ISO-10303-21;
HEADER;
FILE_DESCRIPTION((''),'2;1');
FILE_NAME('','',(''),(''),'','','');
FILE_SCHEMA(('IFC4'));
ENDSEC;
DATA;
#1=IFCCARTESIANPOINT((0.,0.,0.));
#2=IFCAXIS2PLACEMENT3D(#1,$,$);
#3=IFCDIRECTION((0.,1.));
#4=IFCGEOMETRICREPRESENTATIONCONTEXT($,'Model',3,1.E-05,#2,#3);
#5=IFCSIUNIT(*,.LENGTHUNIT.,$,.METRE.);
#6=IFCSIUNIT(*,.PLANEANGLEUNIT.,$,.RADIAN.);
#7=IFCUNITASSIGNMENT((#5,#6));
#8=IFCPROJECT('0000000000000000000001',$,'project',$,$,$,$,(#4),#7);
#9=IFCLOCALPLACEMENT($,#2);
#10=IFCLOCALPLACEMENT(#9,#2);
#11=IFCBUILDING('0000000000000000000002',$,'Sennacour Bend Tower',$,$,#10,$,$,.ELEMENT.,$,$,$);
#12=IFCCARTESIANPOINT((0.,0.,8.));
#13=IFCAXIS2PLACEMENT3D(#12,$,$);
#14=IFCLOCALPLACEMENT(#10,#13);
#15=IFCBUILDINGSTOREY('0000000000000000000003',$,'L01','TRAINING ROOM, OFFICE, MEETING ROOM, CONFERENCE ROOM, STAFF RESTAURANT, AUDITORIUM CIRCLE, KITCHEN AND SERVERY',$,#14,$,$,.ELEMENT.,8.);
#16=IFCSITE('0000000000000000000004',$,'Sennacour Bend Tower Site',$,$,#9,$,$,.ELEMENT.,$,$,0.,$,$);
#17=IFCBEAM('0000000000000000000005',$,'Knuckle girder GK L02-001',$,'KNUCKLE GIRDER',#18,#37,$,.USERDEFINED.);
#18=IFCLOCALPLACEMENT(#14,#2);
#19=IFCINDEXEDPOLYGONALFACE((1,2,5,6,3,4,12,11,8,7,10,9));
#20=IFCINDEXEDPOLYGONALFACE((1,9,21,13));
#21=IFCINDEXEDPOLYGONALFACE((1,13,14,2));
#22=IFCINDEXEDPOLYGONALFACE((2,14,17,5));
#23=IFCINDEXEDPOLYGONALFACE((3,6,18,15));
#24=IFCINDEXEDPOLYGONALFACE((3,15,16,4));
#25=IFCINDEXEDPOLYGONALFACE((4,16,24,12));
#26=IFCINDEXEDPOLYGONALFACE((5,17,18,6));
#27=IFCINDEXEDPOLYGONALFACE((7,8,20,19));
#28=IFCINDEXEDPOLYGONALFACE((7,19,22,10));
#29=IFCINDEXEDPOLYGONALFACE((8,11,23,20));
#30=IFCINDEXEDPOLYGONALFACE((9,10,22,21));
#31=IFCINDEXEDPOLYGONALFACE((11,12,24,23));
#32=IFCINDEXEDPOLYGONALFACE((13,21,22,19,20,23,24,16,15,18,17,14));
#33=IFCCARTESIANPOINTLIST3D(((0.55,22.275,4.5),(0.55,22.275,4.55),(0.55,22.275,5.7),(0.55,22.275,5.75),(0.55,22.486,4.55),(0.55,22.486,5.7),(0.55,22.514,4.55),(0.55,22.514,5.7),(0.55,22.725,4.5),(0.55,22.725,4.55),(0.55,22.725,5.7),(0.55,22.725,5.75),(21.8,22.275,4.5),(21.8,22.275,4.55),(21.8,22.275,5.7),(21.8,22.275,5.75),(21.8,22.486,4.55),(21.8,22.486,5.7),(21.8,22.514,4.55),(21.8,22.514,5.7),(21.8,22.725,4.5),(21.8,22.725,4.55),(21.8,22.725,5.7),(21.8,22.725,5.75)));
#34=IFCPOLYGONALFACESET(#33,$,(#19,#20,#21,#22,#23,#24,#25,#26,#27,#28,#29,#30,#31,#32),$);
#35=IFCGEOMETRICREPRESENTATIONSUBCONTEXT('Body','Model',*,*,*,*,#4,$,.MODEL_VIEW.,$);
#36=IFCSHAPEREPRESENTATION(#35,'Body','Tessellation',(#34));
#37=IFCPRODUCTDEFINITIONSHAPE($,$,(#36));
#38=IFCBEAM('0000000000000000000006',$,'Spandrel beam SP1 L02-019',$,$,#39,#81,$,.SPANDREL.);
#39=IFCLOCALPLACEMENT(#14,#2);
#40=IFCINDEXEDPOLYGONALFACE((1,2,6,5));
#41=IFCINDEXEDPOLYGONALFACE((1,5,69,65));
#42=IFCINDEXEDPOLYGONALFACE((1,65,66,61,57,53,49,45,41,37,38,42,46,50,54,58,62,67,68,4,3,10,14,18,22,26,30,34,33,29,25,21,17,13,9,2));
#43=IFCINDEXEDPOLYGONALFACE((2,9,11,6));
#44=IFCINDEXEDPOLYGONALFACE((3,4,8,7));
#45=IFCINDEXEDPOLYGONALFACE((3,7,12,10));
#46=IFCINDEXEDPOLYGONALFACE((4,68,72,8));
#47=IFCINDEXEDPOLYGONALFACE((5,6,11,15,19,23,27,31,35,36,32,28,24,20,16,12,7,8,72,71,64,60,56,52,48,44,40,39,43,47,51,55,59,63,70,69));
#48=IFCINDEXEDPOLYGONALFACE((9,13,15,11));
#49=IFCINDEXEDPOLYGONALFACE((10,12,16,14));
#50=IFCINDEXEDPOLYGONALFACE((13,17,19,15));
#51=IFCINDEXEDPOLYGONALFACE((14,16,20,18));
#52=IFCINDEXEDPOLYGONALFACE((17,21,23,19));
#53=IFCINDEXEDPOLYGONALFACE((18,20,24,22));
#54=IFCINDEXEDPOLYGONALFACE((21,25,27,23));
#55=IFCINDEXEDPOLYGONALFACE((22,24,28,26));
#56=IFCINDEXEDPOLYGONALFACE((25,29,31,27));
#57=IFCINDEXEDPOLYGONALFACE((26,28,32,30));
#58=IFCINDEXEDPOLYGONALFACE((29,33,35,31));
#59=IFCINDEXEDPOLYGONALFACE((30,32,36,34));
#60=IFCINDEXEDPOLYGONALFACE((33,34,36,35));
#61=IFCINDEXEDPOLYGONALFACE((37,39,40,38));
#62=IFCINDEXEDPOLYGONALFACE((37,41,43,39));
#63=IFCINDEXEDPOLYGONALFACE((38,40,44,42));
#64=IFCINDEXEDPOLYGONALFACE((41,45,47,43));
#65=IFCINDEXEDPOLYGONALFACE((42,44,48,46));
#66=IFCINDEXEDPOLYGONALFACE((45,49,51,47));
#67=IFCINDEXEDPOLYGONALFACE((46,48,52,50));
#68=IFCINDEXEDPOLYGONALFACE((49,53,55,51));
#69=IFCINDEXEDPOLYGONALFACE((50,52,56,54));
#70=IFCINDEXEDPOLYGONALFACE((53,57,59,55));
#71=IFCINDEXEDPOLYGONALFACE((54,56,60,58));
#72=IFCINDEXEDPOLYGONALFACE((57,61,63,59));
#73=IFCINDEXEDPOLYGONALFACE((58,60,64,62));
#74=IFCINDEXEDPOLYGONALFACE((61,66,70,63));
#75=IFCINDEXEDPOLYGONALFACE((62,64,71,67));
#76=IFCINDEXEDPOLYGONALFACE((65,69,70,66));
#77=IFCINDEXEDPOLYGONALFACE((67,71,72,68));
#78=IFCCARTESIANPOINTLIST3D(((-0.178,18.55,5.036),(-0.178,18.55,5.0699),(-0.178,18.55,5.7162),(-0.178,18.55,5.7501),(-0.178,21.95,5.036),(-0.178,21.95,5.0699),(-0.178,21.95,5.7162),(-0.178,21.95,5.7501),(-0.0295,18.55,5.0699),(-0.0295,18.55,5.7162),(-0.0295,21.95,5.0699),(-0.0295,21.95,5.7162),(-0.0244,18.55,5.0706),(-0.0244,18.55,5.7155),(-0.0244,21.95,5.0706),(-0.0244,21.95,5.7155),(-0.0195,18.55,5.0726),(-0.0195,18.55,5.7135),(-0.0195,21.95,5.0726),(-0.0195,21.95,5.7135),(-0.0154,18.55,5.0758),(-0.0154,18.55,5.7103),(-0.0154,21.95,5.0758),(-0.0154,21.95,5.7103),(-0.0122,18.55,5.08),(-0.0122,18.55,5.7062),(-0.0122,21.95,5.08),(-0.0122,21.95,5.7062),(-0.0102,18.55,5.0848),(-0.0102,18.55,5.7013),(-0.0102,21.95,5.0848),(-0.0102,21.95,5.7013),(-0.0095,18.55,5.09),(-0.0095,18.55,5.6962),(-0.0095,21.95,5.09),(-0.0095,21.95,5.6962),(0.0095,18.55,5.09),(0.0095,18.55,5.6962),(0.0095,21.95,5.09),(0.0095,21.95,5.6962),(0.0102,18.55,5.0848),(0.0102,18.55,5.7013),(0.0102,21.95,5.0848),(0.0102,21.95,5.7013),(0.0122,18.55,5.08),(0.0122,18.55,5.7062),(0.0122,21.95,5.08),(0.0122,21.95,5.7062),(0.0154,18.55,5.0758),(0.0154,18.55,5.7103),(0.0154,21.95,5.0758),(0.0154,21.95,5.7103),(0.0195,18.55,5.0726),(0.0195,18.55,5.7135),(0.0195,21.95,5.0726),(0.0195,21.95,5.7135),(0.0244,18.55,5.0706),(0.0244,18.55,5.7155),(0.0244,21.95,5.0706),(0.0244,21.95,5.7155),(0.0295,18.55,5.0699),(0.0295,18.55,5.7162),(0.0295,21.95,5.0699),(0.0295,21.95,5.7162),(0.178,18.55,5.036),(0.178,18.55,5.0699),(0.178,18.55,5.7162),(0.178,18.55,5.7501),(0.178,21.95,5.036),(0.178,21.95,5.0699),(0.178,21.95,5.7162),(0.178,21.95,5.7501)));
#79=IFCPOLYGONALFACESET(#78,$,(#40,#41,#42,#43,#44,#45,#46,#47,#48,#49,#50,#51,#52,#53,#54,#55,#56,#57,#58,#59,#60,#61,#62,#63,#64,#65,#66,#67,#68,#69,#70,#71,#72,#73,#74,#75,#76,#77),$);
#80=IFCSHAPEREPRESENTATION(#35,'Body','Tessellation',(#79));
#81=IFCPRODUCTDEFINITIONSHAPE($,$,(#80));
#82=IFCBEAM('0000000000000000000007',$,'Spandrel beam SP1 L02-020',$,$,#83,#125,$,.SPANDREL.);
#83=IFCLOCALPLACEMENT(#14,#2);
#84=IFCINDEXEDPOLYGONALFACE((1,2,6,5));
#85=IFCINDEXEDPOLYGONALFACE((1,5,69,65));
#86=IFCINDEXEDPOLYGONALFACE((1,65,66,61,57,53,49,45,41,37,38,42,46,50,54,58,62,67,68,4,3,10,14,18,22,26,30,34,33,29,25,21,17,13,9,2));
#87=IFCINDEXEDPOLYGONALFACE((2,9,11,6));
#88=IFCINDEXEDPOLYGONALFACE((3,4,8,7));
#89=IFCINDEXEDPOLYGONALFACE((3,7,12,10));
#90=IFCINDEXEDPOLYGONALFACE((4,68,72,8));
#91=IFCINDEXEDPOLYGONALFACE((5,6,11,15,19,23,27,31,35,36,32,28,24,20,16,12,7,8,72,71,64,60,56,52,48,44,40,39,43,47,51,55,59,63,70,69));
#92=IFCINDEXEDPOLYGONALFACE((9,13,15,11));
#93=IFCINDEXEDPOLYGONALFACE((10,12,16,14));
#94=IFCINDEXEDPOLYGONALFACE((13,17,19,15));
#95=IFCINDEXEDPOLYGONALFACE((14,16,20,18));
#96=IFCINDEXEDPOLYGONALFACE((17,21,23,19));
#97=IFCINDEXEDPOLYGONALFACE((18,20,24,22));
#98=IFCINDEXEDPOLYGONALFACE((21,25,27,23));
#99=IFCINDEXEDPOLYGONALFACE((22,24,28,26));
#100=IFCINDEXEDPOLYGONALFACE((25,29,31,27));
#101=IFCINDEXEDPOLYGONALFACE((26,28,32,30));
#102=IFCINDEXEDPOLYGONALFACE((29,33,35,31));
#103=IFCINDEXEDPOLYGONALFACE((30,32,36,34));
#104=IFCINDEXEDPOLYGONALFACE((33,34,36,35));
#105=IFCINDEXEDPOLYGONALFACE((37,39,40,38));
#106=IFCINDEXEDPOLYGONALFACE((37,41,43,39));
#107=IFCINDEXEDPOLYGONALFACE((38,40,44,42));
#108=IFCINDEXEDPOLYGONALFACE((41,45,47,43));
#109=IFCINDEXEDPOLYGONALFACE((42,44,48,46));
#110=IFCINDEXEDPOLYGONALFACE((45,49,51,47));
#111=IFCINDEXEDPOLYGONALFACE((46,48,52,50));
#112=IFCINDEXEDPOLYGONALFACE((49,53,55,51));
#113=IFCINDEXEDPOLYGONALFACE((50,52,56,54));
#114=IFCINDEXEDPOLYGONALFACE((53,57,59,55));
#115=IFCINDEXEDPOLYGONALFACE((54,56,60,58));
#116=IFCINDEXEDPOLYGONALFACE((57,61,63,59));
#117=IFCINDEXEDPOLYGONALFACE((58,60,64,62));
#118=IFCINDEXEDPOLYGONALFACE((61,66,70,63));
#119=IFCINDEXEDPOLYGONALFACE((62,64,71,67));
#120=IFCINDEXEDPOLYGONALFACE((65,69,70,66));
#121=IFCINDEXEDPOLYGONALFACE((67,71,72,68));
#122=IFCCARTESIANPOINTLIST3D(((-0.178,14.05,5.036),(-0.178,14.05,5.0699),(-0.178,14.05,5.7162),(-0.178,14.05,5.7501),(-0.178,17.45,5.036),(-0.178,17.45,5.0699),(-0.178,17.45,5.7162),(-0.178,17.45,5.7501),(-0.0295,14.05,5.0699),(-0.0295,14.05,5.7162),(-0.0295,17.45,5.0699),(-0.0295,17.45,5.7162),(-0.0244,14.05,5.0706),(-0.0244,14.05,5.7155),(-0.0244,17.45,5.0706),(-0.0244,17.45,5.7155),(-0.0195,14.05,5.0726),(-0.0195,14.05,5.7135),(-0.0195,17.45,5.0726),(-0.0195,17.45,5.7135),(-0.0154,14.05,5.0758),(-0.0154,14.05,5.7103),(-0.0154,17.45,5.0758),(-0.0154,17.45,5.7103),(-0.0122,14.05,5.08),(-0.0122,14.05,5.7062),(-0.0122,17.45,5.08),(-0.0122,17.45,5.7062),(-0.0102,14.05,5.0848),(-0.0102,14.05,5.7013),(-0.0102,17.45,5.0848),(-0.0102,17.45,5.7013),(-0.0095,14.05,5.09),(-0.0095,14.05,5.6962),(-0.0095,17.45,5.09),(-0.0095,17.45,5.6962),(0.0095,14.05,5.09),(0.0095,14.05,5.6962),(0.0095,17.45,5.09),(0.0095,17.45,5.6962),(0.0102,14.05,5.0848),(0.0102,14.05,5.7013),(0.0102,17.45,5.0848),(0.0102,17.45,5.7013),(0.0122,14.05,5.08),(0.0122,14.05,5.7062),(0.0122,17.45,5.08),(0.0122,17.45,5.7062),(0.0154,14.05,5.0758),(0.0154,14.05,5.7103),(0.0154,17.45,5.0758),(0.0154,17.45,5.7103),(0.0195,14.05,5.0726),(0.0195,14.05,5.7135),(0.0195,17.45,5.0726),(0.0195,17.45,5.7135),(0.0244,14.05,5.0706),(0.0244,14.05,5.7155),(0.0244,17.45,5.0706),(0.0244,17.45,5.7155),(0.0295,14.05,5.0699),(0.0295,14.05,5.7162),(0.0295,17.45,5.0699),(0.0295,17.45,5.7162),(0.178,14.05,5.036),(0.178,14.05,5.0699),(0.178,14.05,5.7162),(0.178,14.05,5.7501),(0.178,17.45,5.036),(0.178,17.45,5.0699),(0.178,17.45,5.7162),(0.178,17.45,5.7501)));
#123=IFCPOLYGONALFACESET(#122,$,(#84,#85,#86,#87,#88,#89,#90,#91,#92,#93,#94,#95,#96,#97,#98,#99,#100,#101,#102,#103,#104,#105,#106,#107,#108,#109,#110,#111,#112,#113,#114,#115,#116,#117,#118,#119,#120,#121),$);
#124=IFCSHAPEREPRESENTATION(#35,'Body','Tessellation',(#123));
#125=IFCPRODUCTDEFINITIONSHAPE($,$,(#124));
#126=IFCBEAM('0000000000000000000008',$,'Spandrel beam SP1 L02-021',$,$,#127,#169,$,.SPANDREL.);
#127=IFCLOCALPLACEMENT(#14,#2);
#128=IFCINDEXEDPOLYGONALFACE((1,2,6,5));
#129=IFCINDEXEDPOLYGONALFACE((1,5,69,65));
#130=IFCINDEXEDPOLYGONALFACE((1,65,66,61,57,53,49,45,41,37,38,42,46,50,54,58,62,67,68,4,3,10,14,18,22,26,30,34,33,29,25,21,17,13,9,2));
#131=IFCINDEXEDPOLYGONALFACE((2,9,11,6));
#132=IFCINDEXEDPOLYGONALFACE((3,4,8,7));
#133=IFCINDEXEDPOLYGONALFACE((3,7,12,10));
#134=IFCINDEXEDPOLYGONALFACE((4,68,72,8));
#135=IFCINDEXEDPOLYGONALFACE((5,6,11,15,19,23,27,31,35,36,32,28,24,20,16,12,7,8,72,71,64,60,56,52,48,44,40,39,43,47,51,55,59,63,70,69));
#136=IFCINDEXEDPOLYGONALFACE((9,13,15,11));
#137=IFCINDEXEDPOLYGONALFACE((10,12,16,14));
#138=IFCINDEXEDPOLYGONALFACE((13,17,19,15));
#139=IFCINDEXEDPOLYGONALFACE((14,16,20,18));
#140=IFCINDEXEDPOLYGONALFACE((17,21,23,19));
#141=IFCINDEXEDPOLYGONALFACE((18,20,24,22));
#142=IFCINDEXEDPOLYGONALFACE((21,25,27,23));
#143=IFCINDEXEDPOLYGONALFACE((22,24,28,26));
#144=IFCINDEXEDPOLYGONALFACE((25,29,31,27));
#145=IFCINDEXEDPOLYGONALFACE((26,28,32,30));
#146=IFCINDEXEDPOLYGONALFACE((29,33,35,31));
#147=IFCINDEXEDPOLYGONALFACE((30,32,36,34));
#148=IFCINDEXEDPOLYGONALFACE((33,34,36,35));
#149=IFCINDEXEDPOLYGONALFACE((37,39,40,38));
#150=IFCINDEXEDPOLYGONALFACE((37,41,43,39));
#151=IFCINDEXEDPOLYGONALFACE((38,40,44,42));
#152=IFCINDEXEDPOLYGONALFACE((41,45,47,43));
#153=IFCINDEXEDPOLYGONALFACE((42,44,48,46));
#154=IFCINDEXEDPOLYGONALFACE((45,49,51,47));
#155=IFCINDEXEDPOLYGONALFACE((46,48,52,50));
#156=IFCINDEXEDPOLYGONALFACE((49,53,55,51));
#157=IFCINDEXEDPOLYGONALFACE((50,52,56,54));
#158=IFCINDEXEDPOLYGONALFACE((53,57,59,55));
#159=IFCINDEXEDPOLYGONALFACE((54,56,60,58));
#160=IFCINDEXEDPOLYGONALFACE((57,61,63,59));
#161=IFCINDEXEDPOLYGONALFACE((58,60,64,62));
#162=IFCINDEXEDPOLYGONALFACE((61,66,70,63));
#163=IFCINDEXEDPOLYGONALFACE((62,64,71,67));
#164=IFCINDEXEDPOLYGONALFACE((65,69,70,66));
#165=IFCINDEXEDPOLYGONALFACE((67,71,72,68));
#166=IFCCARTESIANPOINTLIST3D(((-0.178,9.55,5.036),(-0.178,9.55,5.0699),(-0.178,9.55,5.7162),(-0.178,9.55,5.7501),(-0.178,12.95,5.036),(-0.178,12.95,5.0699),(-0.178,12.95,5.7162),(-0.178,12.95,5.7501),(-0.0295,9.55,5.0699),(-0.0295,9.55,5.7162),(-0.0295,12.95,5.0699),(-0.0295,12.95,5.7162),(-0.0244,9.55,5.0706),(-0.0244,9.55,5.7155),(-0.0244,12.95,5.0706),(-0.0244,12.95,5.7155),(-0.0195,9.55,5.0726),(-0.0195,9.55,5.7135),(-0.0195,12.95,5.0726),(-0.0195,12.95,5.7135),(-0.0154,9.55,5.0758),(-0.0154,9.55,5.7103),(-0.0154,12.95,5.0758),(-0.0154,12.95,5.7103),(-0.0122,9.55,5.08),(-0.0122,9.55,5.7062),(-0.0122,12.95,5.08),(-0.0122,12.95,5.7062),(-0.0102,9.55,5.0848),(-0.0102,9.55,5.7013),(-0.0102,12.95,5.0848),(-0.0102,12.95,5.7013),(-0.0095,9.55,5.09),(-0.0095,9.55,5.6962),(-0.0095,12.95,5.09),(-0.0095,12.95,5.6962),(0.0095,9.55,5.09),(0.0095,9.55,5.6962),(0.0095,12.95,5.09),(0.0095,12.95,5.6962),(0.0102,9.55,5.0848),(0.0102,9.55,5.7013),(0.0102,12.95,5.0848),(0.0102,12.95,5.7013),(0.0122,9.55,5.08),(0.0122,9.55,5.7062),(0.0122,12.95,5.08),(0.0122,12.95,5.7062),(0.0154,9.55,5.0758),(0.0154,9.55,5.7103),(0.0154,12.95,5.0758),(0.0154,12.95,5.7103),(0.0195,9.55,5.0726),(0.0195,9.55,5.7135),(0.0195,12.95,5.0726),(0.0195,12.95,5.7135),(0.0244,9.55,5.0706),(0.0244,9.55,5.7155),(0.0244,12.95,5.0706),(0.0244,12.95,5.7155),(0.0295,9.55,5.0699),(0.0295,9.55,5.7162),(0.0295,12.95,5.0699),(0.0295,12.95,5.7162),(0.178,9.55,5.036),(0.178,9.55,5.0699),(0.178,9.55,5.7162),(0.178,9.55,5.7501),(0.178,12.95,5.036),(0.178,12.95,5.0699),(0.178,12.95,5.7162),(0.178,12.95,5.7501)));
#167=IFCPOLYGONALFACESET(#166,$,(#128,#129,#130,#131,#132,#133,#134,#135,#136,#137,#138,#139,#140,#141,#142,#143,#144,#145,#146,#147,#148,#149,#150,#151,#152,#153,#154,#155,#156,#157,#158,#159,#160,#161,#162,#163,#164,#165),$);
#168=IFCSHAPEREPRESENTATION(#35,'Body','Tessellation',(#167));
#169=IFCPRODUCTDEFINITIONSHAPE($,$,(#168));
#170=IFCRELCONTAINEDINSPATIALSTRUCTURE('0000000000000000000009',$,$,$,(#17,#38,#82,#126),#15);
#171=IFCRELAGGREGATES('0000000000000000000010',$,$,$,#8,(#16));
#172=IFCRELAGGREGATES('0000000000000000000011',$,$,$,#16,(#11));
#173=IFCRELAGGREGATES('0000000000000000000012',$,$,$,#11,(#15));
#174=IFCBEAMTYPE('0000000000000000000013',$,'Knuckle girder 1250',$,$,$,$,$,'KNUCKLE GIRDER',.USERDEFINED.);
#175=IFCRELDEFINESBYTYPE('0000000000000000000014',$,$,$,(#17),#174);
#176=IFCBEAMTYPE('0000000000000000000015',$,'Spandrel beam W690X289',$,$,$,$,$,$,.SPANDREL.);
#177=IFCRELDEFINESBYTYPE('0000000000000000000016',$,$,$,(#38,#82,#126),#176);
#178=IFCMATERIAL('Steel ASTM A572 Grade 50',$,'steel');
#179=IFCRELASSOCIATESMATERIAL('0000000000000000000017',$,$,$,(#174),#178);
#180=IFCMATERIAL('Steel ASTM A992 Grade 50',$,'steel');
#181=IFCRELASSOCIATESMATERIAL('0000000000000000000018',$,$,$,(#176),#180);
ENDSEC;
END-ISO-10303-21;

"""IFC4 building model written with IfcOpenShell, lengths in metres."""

from ifc_helpers import new_model, si_unit, direction, frame, origin, origin_2d, place, context, subcontext, project, spatial, i_section, extrude, material, material_profile, profile_set, type_object, element, save


model = new_model("IFC4")

# Units and contexts
model_context = context("Model", 3, precision=1e-05, world=origin(), true_north=direction((0.0, 1.0)))
body_context = subcontext(model_context, "Body", "Model", "MODEL_VIEW")
ifc_project = project(units=[si_unit("LENGTHUNIT", "METRE"), si_unit("PLANEANGLEUNIT", "RADIAN")], contexts=[model_context])

# Site, building, storey
site_placement = place(None, origin())
site = spatial("IfcSite", under=ifc_project, at=site_placement, Name="Sennacour Bend Tower Site", CompositionType="ELEMENT", RefElevation=0.0)
building_placement = place(site_placement, origin())
building = spatial("IfcBuilding", under=site, at=building_placement, Name="Sennacour Bend Tower", CompositionType="ELEMENT")
storey_placement = place(building_placement, frame((0.0, 0.0, 8.0)))
storey = spatial("IfcBuildingStorey", under=building, at=storey_placement, Name="L01", Description="TRAINING ROOM, OFFICE, MEETING ROOM, CONFERENCE ROOM, STAFF RESTAURANT, AUDITORIUM CIRCLE, KITCHEN AND SERVERY", CompositionType="ELEMENT", Elevation=8.0)

# Shared definitions
ifc_material_1 = material(Name="Steel ASTM A572 Grade 50", Category="steel")

# Beams
ifc_material_2 = material(Name="Steel ASTM A992 Grade 50", Category="steel")
ifc_material_profile_1 = material_profile(ifc_material_1, i_section(OverallWidth=0.45, OverallDepth=1.25, WebThickness=0.0281, FlangeThickness=0.05, at=origin_2d()), Name="Steel ASTM A572 Grade 50", Category="steel")
ifc_profile_set_1 = profile_set([ifc_material_profile_1], Name="Steel ASTM A572 Grade 50")
beam_type_1 = type_object("IfcBeamType", Name="Knuckle girder 1250", ElementType="KNUCKLE GIRDER", PredefinedType="USERDEFINED", material=ifc_profile_set_1)
beam_placement = place(storey_placement, frame((0.55, 22.5, 5.125), z_axis=(1.0, 0.0, 0.0), x_axis=(0.0, 1.0, 0.0)))
element("IfcBeam", 1, at=beam_placement, inside=storey, type_object=beam_type_1, Name="Knuckle girder GK L02-001", ObjectType="KNUCKLE GIRDER", PredefinedType="USERDEFINED", context=body_context, shape_type="SweptSolid", body=[
    extrude(i_section(OverallWidth=0.45, OverallDepth=1.25, WebThickness=0.0281, FlangeThickness=0.05, at=origin_2d()), origin(), (0.0, 0.0, 1.0), 21.25),
])
ifc_material_profile_2 = material_profile(ifc_material_2, i_section(OverallWidth=0.356, OverallDepth=0.7141, WebThickness=0.019, FlangeThickness=0.0339, FilletRadius=0.02, at=origin_2d()), Name="Steel ASTM A992 Grade 50", Category="steel")
ifc_profile_set_2 = profile_set([ifc_material_profile_2], Name="Steel ASTM A992 Grade 50")
beam_type_2 = type_object("IfcBeamType", Name="Spandrel beam W690X289", PredefinedType="SPANDREL", material=ifc_profile_set_2)
for number, where, z_axis, x_axis, name in (
    (2, (0.0, 21.95, 5.3931), (0.0, -1.0, 0.0), (1.0, 0.0, 0.0), "Spandrel beam SP1 L02-019"),
    (3, (0.0, 17.45, 5.3931), (0.0, -1.0, 0.0), (1.0, 0.0, 0.0), "Spandrel beam SP1 L02-020"),
    (4, (0.0, 12.95, 5.3931), (0.0, -1.0, 0.0), (1.0, 0.0, 0.0), "Spandrel beam SP1 L02-021"),
):
    element("IfcBeam", number, at=place(storey_placement, frame(where, z_axis=z_axis, x_axis=x_axis)), inside=storey, type_object=beam_type_2, Name=name, PredefinedType="SPANDREL", context=body_context, shape_type="SweptSolid", body=[
        extrude(i_section(OverallWidth=0.356, OverallDepth=0.7141, WebThickness=0.019, FlangeThickness=0.0339, FilletRadius=0.02, at=origin_2d()), origin(), (0.0, 0.0, 1.0), 3.3999),
    ])

save(model, "model.ifc")
